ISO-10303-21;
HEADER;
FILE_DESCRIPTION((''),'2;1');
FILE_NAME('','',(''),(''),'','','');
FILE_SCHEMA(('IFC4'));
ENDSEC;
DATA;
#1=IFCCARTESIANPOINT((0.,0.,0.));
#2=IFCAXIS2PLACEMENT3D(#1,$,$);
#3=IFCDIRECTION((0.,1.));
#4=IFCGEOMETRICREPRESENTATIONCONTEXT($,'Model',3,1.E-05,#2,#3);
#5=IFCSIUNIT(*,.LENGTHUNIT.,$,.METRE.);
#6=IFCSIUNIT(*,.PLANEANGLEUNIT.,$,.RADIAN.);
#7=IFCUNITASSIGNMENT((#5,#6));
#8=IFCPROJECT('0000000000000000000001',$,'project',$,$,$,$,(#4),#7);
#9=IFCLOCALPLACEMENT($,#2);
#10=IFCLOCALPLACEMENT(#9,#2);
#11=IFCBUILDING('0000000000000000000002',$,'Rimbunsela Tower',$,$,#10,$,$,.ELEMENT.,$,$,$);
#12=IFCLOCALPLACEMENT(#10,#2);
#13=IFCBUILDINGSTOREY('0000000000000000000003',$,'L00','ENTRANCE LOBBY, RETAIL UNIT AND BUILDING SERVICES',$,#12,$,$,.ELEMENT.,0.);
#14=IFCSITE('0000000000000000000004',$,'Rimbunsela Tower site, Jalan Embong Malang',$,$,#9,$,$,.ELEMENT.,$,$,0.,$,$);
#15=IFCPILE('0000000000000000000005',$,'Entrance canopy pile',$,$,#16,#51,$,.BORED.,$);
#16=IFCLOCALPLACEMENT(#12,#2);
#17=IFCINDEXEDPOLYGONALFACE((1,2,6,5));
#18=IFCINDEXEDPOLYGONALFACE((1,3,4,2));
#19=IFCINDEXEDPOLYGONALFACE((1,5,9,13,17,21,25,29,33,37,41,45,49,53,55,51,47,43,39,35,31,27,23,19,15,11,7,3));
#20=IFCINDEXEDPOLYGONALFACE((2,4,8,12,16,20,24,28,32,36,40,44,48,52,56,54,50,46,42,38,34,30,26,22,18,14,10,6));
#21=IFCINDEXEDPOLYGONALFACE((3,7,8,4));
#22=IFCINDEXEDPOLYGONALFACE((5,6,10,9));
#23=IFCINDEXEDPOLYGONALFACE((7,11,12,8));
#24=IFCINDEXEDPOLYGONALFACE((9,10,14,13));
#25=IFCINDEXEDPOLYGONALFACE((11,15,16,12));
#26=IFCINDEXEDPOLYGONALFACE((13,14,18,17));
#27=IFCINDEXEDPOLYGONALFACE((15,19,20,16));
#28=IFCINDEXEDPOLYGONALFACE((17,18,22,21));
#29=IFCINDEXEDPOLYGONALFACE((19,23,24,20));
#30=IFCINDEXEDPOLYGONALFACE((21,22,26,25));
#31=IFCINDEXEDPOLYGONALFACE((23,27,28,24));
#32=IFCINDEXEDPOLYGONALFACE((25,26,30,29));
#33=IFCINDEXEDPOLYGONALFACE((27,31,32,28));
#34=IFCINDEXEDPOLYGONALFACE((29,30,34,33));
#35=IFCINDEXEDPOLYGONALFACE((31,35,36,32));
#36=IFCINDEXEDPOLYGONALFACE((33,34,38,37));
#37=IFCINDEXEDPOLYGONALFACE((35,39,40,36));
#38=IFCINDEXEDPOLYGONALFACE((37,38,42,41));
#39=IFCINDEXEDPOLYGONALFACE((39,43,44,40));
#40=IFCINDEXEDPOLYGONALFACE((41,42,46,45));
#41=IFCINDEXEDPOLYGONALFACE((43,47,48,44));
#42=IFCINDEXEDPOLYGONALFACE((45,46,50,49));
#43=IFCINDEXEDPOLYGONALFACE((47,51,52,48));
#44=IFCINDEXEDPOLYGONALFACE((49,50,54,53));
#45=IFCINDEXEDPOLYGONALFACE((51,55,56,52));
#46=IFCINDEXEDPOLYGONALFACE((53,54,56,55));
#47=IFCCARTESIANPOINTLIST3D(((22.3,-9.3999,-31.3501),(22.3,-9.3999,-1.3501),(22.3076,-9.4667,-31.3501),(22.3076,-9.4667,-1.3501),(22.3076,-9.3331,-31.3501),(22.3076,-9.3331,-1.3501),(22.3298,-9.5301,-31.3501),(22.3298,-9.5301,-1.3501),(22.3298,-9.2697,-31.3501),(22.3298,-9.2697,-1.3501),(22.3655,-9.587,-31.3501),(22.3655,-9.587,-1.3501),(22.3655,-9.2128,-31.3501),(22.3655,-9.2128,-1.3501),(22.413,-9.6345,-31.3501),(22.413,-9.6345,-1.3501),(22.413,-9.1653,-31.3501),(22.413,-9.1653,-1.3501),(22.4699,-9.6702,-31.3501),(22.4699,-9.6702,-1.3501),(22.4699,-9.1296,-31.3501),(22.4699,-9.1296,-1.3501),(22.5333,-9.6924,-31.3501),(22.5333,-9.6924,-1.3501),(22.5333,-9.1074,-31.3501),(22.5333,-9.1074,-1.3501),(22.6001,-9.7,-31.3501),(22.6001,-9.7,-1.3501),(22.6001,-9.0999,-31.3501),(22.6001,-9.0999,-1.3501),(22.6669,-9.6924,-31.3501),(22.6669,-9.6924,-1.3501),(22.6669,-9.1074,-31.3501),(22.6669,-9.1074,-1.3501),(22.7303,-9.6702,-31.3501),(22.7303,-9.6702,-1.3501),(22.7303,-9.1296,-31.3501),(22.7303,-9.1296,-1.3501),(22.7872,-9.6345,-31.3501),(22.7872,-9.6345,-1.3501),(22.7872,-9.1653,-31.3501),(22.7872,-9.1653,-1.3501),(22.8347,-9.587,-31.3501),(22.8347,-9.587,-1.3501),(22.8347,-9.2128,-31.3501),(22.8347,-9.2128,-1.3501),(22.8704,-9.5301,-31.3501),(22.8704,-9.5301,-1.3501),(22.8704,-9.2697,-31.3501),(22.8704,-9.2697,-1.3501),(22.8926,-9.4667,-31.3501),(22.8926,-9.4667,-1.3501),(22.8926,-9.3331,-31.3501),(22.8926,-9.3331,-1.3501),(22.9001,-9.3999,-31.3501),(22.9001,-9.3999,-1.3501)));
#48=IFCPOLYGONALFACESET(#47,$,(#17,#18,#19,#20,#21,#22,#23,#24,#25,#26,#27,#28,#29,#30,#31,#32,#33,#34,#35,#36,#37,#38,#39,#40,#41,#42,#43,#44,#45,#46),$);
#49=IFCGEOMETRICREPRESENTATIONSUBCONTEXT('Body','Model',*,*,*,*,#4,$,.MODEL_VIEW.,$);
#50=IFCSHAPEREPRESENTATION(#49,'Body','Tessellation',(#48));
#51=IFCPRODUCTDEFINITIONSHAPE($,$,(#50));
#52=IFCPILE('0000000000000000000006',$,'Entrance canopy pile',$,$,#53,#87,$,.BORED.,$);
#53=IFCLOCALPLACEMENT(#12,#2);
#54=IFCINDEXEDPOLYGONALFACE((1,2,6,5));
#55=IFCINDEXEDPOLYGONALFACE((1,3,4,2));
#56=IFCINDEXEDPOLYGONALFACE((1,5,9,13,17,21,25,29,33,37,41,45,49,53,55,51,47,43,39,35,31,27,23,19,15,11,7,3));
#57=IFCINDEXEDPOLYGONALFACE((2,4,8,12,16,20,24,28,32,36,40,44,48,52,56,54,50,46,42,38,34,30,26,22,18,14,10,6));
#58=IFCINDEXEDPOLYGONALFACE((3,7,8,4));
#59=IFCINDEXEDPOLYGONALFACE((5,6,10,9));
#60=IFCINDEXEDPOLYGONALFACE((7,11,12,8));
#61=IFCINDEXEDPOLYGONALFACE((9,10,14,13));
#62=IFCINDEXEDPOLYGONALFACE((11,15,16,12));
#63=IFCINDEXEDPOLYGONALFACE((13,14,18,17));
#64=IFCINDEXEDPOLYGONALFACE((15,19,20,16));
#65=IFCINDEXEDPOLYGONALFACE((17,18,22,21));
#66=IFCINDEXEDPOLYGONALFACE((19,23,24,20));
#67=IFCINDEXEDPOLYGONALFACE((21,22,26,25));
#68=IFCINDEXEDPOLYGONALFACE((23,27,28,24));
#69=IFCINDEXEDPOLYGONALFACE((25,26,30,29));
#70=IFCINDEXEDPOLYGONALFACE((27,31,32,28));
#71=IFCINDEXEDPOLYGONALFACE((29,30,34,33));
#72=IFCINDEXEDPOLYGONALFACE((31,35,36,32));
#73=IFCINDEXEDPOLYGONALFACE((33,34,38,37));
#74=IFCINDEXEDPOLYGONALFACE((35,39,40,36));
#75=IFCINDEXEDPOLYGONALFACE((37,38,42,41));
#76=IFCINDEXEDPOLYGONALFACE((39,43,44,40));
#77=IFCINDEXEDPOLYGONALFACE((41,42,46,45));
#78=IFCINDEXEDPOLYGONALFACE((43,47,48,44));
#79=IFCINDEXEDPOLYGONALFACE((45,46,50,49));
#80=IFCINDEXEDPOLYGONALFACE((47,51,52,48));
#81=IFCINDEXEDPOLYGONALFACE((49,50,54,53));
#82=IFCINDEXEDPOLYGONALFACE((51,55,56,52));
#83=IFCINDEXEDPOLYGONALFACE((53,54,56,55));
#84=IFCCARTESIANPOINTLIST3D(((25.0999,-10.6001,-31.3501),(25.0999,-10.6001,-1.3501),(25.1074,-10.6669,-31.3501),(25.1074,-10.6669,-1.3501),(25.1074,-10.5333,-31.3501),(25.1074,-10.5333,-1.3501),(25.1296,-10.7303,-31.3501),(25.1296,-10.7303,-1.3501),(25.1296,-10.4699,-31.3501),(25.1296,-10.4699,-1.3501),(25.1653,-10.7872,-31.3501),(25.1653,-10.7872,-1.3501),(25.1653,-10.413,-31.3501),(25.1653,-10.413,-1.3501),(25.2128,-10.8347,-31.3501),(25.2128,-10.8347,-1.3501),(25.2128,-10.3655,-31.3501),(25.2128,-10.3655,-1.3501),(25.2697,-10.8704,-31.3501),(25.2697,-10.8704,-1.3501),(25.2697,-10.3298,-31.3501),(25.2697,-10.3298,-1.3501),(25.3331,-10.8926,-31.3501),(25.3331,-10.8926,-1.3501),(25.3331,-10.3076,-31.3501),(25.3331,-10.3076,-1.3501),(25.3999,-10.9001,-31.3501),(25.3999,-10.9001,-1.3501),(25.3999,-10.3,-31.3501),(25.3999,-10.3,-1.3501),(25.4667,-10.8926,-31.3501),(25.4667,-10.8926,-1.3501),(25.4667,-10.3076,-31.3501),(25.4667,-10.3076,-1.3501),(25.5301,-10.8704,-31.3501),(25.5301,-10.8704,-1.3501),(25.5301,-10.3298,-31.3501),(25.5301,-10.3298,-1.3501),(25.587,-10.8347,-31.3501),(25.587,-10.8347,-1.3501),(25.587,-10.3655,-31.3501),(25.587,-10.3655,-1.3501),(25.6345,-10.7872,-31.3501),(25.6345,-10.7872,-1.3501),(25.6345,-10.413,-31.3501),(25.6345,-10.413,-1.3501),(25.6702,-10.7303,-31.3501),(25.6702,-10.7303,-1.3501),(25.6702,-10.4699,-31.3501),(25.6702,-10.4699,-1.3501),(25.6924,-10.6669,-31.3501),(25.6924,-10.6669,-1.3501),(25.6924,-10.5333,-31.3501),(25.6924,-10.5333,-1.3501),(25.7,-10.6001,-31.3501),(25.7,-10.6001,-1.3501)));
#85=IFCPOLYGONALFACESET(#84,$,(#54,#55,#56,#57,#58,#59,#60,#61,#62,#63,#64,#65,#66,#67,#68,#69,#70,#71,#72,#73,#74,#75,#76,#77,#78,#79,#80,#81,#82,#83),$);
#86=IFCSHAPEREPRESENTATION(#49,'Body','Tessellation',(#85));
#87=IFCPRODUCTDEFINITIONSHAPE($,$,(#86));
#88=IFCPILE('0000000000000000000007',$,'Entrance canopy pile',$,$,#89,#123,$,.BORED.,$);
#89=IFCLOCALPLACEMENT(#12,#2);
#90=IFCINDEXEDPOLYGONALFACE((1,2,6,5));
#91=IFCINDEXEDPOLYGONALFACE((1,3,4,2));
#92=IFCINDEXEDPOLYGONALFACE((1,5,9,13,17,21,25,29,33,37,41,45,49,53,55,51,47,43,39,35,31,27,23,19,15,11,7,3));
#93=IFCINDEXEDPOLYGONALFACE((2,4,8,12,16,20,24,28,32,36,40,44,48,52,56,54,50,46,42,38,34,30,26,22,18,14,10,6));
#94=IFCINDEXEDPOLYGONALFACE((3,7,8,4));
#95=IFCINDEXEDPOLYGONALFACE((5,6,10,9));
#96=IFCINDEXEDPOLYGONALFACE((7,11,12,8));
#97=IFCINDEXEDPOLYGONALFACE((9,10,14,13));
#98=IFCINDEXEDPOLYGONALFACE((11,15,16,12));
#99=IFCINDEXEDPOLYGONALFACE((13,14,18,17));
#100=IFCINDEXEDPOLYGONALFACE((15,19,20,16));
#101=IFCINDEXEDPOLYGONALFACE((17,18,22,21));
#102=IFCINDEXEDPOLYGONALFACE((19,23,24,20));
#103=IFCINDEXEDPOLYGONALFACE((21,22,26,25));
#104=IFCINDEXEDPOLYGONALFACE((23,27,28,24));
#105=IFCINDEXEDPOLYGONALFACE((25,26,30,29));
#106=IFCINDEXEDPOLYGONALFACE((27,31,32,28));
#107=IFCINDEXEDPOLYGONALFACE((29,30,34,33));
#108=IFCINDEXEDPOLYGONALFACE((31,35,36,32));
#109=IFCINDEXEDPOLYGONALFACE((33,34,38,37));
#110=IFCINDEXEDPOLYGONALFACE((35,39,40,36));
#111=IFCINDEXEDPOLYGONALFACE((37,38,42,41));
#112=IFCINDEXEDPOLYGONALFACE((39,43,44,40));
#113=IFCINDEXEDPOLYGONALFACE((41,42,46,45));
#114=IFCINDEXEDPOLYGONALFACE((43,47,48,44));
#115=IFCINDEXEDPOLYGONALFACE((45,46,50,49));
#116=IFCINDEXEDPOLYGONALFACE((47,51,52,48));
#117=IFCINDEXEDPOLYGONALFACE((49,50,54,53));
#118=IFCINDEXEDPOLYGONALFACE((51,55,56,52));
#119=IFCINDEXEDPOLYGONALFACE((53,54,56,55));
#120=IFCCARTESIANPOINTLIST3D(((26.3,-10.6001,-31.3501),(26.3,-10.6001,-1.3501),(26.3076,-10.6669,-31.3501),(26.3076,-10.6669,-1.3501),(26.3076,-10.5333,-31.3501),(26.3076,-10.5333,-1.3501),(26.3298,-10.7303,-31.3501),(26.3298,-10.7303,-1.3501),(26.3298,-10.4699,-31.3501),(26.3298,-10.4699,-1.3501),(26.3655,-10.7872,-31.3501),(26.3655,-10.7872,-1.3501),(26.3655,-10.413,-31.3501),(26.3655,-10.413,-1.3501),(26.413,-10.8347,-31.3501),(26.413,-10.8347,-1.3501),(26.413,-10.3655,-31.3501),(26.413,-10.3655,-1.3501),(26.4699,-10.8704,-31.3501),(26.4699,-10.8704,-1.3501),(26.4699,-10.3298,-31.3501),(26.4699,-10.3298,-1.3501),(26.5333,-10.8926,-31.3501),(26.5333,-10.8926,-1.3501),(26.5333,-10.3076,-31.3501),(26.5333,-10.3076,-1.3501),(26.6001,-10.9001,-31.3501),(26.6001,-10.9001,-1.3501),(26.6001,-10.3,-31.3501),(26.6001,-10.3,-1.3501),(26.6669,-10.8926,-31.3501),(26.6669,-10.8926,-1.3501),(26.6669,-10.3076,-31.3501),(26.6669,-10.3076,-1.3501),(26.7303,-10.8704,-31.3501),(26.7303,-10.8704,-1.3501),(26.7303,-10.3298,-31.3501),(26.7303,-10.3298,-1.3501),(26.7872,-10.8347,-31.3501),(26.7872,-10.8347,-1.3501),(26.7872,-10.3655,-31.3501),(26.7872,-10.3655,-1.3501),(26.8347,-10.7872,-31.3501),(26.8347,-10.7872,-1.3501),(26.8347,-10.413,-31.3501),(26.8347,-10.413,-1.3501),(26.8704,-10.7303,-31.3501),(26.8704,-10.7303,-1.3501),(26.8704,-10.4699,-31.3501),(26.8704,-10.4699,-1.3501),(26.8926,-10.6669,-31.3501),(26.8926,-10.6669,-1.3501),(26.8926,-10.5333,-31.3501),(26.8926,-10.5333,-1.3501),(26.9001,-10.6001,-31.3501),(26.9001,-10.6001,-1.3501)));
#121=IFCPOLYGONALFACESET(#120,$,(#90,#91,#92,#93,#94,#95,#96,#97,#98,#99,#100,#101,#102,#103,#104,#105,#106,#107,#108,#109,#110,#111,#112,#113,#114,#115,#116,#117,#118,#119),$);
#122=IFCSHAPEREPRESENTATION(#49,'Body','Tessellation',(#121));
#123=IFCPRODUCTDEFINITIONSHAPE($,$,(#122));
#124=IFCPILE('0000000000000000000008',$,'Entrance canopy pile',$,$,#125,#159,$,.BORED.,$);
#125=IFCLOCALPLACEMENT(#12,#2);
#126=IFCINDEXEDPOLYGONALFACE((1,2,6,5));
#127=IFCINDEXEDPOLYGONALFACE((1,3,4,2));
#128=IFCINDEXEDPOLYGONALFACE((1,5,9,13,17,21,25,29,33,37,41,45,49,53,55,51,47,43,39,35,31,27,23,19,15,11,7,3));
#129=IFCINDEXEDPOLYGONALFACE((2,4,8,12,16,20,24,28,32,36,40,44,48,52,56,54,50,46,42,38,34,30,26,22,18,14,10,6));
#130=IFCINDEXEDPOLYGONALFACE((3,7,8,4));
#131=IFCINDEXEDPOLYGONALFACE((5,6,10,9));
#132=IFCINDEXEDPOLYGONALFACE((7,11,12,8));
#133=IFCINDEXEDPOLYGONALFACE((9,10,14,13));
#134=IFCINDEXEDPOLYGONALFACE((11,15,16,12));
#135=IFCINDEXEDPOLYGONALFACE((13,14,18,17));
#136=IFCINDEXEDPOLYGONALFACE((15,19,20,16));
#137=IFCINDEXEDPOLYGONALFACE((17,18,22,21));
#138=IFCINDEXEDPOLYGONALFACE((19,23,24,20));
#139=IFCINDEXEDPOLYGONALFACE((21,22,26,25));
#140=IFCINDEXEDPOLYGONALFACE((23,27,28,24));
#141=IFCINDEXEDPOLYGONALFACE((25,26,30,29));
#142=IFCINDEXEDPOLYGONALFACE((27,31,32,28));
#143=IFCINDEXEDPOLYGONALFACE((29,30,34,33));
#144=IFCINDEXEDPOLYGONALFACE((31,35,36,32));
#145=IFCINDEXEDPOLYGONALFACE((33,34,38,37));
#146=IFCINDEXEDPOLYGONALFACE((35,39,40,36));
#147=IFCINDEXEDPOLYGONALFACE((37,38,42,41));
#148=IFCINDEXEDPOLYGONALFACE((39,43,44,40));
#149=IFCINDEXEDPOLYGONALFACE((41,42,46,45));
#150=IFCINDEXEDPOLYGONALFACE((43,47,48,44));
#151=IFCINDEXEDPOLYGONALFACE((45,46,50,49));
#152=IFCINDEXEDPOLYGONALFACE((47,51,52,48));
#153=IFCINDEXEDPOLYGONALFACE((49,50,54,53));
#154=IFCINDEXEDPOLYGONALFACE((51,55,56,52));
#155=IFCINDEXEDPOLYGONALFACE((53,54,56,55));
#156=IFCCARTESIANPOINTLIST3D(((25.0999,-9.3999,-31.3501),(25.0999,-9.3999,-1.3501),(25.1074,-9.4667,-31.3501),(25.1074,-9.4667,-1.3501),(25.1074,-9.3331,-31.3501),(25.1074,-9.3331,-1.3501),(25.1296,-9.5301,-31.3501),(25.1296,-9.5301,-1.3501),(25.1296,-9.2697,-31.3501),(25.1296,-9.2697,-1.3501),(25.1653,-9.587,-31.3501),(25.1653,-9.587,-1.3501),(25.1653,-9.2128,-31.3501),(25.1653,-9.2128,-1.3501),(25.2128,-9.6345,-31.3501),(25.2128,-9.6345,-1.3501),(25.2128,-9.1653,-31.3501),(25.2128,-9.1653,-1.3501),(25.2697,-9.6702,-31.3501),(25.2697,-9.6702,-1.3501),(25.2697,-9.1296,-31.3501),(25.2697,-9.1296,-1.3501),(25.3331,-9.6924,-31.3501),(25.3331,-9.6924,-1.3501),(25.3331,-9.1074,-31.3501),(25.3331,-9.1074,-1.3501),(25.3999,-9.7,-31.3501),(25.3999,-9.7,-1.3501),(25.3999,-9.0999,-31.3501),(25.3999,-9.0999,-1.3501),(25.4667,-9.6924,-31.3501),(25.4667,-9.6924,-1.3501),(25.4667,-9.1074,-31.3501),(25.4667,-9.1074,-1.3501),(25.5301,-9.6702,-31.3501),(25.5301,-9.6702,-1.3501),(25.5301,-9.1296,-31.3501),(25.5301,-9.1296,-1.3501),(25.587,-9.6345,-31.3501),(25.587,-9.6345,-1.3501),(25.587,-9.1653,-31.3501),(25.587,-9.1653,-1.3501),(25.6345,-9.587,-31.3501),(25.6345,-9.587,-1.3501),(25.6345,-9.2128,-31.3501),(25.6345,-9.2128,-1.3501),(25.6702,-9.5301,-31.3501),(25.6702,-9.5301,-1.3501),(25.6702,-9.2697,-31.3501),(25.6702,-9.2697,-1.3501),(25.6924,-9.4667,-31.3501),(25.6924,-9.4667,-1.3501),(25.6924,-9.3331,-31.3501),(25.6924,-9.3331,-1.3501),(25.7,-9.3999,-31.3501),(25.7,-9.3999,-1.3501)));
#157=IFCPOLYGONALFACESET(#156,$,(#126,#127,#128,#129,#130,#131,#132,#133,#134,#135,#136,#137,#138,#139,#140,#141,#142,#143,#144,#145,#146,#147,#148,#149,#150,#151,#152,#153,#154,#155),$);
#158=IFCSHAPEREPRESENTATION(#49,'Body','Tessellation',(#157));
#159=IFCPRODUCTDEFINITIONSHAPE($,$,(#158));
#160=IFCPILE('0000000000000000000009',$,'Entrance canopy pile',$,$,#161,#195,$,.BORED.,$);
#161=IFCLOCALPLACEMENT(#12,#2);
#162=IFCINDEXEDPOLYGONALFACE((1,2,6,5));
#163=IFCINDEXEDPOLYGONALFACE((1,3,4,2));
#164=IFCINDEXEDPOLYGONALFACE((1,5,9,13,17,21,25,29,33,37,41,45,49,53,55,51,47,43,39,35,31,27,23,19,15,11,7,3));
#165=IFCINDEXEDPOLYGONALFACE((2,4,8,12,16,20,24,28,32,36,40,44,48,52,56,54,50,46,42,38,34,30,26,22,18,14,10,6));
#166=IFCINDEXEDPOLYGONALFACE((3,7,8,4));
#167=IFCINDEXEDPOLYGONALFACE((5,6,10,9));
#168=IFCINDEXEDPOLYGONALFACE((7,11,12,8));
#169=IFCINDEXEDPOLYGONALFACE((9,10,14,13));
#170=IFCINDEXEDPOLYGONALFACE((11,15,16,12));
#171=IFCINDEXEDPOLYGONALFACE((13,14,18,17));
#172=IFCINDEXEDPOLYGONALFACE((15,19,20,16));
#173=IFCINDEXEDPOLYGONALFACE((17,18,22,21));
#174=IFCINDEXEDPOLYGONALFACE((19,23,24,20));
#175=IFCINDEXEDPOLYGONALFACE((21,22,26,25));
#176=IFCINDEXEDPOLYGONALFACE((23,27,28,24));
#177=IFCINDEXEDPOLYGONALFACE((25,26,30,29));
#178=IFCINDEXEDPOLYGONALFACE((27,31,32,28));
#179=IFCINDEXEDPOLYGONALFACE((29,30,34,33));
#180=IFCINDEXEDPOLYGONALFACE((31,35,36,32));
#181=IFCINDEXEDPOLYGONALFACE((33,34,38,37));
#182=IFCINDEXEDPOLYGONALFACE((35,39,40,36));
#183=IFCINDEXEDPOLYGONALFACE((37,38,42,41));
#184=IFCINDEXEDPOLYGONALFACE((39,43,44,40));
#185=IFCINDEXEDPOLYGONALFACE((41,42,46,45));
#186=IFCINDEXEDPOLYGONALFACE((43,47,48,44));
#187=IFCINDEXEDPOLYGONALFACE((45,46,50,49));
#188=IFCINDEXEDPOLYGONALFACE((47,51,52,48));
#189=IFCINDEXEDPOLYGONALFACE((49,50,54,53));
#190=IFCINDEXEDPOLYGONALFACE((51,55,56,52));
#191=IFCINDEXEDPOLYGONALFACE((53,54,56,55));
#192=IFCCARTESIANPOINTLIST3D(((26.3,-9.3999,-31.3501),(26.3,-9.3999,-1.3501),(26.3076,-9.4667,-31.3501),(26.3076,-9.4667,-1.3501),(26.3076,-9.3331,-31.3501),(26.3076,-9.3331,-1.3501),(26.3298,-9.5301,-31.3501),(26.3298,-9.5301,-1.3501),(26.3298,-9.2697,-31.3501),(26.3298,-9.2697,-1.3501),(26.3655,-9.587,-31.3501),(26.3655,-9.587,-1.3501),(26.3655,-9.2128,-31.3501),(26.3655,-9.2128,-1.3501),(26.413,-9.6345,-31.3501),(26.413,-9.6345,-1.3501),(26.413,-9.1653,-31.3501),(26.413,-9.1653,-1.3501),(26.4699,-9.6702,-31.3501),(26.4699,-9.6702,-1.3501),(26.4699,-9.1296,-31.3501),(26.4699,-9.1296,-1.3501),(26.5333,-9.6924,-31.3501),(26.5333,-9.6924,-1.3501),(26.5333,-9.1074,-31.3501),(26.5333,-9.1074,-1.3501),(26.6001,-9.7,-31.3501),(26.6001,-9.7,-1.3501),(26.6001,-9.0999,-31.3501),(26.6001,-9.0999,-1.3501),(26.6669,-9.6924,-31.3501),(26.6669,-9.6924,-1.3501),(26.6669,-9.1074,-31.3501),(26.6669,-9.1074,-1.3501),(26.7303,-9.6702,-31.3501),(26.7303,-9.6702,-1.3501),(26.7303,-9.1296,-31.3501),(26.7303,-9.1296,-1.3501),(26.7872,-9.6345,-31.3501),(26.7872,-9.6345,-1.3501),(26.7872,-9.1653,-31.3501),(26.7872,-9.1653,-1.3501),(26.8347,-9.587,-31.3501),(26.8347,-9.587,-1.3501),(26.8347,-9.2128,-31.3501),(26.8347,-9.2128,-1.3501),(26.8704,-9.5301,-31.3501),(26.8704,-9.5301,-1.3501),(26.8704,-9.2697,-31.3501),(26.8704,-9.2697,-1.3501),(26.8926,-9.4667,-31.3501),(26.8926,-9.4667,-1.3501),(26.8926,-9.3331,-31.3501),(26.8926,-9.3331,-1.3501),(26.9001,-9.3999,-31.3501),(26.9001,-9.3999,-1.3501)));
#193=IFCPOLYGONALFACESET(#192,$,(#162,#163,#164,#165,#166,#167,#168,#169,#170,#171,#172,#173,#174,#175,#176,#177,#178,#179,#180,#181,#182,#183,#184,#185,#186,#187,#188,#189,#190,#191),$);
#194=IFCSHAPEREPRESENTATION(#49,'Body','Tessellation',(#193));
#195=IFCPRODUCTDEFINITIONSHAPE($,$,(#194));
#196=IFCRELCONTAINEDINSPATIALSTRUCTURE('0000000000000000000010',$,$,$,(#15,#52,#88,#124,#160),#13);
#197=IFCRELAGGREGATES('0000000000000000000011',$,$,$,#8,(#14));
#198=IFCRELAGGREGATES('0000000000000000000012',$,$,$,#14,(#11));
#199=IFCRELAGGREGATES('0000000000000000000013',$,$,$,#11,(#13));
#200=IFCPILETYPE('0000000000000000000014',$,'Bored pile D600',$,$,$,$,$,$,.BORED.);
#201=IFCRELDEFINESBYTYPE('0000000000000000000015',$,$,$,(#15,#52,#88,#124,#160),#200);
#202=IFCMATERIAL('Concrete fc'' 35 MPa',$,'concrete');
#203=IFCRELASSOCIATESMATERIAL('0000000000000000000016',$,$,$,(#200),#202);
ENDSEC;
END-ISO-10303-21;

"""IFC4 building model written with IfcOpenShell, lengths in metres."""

from ifc_helpers import new_model, si_unit, direction, frame, origin, origin_2d, place, context, subcontext, project, spatial, circle, extrude, material, material_profile, profile_set, type_object, element, save


model = new_model("IFC4")

# Units and contexts
model_context = context("Model", 3, precision=1e-05, world=origin(), true_north=direction((0.0, 1.0)))
body_context = subcontext(model_context, "Body", "Model", "MODEL_VIEW")
ifc_project = project(units=[si_unit("LENGTHUNIT", "METRE"), si_unit("PLANEANGLEUNIT", "RADIAN")], contexts=[model_context])

# Site, building, storey
site_placement = place(None, origin())
site = spatial("IfcSite", under=ifc_project, at=site_placement, Name="Rimbunsela Tower site, Jalan Embong Malang", CompositionType="ELEMENT", RefElevation=0.0)
building_placement = place(site_placement, origin())
building = spatial("IfcBuilding", under=site, at=building_placement, Name="Rimbunsela Tower", CompositionType="ELEMENT")
storey_placement = place(building_placement, origin())
storey = spatial("IfcBuildingStorey", under=building, at=storey_placement, Name="L00", Description="ENTRANCE LOBBY, RETAIL UNIT AND BUILDING SERVICES", CompositionType="ELEMENT", Elevation=0.0)

# Piles
ifc_material_1 = material(Name="Concrete fc' 35 MPa", Category="concrete")
ifc_material_profile_1 = material_profile(ifc_material_1, circle(Radius=0.3, at=origin_2d()), Name="BP D600")
ifc_profile_set_1 = profile_set([ifc_material_profile_1], Name="Concrete fc' 35 MPa")
pile_type = type_object("IfcPileType", Name="Bored pile D600", PredefinedType="BORED", material=ifc_profile_set_1)
for number, where, z_axis, x_axis, name in (
    (1, (22.6001, -9.3999, -1.3501), (0.0, 0.0, -1.0), (1.0, 0.0, 0.0), "Entrance canopy pile"),
    (2, (25.3999, -10.6001, -1.3501), (0.0, 0.0, -1.0), (1.0, 0.0, 0.0), "Entrance canopy pile"),
    (3, (26.6001, -10.6001, -1.3501), (0.0, 0.0, -1.0), (1.0, 0.0, 0.0), "Entrance canopy pile"),
    (4, (25.3999, -9.3999, -1.3501), (0.0, 0.0, -1.0), (1.0, 0.0, 0.0), "Entrance canopy pile"),
    (5, (26.6001, -9.3999, -1.3501), (0.0, 0.0, -1.0), (1.0, 0.0, 0.0), "Entrance canopy pile"),
):
    element("IfcPile", number, at=place(storey_placement, frame(where, z_axis=z_axis, x_axis=x_axis)), inside=storey, type_object=pile_type, Name=name, PredefinedType="BORED", context=body_context, shape_type="SweptSolid", body=[
        extrude(circle(Radius=0.3, at=origin_2d()), origin(), (0.0, 0.0, 1.0), 30.0),
    ])

save(model, "model.ifc")
